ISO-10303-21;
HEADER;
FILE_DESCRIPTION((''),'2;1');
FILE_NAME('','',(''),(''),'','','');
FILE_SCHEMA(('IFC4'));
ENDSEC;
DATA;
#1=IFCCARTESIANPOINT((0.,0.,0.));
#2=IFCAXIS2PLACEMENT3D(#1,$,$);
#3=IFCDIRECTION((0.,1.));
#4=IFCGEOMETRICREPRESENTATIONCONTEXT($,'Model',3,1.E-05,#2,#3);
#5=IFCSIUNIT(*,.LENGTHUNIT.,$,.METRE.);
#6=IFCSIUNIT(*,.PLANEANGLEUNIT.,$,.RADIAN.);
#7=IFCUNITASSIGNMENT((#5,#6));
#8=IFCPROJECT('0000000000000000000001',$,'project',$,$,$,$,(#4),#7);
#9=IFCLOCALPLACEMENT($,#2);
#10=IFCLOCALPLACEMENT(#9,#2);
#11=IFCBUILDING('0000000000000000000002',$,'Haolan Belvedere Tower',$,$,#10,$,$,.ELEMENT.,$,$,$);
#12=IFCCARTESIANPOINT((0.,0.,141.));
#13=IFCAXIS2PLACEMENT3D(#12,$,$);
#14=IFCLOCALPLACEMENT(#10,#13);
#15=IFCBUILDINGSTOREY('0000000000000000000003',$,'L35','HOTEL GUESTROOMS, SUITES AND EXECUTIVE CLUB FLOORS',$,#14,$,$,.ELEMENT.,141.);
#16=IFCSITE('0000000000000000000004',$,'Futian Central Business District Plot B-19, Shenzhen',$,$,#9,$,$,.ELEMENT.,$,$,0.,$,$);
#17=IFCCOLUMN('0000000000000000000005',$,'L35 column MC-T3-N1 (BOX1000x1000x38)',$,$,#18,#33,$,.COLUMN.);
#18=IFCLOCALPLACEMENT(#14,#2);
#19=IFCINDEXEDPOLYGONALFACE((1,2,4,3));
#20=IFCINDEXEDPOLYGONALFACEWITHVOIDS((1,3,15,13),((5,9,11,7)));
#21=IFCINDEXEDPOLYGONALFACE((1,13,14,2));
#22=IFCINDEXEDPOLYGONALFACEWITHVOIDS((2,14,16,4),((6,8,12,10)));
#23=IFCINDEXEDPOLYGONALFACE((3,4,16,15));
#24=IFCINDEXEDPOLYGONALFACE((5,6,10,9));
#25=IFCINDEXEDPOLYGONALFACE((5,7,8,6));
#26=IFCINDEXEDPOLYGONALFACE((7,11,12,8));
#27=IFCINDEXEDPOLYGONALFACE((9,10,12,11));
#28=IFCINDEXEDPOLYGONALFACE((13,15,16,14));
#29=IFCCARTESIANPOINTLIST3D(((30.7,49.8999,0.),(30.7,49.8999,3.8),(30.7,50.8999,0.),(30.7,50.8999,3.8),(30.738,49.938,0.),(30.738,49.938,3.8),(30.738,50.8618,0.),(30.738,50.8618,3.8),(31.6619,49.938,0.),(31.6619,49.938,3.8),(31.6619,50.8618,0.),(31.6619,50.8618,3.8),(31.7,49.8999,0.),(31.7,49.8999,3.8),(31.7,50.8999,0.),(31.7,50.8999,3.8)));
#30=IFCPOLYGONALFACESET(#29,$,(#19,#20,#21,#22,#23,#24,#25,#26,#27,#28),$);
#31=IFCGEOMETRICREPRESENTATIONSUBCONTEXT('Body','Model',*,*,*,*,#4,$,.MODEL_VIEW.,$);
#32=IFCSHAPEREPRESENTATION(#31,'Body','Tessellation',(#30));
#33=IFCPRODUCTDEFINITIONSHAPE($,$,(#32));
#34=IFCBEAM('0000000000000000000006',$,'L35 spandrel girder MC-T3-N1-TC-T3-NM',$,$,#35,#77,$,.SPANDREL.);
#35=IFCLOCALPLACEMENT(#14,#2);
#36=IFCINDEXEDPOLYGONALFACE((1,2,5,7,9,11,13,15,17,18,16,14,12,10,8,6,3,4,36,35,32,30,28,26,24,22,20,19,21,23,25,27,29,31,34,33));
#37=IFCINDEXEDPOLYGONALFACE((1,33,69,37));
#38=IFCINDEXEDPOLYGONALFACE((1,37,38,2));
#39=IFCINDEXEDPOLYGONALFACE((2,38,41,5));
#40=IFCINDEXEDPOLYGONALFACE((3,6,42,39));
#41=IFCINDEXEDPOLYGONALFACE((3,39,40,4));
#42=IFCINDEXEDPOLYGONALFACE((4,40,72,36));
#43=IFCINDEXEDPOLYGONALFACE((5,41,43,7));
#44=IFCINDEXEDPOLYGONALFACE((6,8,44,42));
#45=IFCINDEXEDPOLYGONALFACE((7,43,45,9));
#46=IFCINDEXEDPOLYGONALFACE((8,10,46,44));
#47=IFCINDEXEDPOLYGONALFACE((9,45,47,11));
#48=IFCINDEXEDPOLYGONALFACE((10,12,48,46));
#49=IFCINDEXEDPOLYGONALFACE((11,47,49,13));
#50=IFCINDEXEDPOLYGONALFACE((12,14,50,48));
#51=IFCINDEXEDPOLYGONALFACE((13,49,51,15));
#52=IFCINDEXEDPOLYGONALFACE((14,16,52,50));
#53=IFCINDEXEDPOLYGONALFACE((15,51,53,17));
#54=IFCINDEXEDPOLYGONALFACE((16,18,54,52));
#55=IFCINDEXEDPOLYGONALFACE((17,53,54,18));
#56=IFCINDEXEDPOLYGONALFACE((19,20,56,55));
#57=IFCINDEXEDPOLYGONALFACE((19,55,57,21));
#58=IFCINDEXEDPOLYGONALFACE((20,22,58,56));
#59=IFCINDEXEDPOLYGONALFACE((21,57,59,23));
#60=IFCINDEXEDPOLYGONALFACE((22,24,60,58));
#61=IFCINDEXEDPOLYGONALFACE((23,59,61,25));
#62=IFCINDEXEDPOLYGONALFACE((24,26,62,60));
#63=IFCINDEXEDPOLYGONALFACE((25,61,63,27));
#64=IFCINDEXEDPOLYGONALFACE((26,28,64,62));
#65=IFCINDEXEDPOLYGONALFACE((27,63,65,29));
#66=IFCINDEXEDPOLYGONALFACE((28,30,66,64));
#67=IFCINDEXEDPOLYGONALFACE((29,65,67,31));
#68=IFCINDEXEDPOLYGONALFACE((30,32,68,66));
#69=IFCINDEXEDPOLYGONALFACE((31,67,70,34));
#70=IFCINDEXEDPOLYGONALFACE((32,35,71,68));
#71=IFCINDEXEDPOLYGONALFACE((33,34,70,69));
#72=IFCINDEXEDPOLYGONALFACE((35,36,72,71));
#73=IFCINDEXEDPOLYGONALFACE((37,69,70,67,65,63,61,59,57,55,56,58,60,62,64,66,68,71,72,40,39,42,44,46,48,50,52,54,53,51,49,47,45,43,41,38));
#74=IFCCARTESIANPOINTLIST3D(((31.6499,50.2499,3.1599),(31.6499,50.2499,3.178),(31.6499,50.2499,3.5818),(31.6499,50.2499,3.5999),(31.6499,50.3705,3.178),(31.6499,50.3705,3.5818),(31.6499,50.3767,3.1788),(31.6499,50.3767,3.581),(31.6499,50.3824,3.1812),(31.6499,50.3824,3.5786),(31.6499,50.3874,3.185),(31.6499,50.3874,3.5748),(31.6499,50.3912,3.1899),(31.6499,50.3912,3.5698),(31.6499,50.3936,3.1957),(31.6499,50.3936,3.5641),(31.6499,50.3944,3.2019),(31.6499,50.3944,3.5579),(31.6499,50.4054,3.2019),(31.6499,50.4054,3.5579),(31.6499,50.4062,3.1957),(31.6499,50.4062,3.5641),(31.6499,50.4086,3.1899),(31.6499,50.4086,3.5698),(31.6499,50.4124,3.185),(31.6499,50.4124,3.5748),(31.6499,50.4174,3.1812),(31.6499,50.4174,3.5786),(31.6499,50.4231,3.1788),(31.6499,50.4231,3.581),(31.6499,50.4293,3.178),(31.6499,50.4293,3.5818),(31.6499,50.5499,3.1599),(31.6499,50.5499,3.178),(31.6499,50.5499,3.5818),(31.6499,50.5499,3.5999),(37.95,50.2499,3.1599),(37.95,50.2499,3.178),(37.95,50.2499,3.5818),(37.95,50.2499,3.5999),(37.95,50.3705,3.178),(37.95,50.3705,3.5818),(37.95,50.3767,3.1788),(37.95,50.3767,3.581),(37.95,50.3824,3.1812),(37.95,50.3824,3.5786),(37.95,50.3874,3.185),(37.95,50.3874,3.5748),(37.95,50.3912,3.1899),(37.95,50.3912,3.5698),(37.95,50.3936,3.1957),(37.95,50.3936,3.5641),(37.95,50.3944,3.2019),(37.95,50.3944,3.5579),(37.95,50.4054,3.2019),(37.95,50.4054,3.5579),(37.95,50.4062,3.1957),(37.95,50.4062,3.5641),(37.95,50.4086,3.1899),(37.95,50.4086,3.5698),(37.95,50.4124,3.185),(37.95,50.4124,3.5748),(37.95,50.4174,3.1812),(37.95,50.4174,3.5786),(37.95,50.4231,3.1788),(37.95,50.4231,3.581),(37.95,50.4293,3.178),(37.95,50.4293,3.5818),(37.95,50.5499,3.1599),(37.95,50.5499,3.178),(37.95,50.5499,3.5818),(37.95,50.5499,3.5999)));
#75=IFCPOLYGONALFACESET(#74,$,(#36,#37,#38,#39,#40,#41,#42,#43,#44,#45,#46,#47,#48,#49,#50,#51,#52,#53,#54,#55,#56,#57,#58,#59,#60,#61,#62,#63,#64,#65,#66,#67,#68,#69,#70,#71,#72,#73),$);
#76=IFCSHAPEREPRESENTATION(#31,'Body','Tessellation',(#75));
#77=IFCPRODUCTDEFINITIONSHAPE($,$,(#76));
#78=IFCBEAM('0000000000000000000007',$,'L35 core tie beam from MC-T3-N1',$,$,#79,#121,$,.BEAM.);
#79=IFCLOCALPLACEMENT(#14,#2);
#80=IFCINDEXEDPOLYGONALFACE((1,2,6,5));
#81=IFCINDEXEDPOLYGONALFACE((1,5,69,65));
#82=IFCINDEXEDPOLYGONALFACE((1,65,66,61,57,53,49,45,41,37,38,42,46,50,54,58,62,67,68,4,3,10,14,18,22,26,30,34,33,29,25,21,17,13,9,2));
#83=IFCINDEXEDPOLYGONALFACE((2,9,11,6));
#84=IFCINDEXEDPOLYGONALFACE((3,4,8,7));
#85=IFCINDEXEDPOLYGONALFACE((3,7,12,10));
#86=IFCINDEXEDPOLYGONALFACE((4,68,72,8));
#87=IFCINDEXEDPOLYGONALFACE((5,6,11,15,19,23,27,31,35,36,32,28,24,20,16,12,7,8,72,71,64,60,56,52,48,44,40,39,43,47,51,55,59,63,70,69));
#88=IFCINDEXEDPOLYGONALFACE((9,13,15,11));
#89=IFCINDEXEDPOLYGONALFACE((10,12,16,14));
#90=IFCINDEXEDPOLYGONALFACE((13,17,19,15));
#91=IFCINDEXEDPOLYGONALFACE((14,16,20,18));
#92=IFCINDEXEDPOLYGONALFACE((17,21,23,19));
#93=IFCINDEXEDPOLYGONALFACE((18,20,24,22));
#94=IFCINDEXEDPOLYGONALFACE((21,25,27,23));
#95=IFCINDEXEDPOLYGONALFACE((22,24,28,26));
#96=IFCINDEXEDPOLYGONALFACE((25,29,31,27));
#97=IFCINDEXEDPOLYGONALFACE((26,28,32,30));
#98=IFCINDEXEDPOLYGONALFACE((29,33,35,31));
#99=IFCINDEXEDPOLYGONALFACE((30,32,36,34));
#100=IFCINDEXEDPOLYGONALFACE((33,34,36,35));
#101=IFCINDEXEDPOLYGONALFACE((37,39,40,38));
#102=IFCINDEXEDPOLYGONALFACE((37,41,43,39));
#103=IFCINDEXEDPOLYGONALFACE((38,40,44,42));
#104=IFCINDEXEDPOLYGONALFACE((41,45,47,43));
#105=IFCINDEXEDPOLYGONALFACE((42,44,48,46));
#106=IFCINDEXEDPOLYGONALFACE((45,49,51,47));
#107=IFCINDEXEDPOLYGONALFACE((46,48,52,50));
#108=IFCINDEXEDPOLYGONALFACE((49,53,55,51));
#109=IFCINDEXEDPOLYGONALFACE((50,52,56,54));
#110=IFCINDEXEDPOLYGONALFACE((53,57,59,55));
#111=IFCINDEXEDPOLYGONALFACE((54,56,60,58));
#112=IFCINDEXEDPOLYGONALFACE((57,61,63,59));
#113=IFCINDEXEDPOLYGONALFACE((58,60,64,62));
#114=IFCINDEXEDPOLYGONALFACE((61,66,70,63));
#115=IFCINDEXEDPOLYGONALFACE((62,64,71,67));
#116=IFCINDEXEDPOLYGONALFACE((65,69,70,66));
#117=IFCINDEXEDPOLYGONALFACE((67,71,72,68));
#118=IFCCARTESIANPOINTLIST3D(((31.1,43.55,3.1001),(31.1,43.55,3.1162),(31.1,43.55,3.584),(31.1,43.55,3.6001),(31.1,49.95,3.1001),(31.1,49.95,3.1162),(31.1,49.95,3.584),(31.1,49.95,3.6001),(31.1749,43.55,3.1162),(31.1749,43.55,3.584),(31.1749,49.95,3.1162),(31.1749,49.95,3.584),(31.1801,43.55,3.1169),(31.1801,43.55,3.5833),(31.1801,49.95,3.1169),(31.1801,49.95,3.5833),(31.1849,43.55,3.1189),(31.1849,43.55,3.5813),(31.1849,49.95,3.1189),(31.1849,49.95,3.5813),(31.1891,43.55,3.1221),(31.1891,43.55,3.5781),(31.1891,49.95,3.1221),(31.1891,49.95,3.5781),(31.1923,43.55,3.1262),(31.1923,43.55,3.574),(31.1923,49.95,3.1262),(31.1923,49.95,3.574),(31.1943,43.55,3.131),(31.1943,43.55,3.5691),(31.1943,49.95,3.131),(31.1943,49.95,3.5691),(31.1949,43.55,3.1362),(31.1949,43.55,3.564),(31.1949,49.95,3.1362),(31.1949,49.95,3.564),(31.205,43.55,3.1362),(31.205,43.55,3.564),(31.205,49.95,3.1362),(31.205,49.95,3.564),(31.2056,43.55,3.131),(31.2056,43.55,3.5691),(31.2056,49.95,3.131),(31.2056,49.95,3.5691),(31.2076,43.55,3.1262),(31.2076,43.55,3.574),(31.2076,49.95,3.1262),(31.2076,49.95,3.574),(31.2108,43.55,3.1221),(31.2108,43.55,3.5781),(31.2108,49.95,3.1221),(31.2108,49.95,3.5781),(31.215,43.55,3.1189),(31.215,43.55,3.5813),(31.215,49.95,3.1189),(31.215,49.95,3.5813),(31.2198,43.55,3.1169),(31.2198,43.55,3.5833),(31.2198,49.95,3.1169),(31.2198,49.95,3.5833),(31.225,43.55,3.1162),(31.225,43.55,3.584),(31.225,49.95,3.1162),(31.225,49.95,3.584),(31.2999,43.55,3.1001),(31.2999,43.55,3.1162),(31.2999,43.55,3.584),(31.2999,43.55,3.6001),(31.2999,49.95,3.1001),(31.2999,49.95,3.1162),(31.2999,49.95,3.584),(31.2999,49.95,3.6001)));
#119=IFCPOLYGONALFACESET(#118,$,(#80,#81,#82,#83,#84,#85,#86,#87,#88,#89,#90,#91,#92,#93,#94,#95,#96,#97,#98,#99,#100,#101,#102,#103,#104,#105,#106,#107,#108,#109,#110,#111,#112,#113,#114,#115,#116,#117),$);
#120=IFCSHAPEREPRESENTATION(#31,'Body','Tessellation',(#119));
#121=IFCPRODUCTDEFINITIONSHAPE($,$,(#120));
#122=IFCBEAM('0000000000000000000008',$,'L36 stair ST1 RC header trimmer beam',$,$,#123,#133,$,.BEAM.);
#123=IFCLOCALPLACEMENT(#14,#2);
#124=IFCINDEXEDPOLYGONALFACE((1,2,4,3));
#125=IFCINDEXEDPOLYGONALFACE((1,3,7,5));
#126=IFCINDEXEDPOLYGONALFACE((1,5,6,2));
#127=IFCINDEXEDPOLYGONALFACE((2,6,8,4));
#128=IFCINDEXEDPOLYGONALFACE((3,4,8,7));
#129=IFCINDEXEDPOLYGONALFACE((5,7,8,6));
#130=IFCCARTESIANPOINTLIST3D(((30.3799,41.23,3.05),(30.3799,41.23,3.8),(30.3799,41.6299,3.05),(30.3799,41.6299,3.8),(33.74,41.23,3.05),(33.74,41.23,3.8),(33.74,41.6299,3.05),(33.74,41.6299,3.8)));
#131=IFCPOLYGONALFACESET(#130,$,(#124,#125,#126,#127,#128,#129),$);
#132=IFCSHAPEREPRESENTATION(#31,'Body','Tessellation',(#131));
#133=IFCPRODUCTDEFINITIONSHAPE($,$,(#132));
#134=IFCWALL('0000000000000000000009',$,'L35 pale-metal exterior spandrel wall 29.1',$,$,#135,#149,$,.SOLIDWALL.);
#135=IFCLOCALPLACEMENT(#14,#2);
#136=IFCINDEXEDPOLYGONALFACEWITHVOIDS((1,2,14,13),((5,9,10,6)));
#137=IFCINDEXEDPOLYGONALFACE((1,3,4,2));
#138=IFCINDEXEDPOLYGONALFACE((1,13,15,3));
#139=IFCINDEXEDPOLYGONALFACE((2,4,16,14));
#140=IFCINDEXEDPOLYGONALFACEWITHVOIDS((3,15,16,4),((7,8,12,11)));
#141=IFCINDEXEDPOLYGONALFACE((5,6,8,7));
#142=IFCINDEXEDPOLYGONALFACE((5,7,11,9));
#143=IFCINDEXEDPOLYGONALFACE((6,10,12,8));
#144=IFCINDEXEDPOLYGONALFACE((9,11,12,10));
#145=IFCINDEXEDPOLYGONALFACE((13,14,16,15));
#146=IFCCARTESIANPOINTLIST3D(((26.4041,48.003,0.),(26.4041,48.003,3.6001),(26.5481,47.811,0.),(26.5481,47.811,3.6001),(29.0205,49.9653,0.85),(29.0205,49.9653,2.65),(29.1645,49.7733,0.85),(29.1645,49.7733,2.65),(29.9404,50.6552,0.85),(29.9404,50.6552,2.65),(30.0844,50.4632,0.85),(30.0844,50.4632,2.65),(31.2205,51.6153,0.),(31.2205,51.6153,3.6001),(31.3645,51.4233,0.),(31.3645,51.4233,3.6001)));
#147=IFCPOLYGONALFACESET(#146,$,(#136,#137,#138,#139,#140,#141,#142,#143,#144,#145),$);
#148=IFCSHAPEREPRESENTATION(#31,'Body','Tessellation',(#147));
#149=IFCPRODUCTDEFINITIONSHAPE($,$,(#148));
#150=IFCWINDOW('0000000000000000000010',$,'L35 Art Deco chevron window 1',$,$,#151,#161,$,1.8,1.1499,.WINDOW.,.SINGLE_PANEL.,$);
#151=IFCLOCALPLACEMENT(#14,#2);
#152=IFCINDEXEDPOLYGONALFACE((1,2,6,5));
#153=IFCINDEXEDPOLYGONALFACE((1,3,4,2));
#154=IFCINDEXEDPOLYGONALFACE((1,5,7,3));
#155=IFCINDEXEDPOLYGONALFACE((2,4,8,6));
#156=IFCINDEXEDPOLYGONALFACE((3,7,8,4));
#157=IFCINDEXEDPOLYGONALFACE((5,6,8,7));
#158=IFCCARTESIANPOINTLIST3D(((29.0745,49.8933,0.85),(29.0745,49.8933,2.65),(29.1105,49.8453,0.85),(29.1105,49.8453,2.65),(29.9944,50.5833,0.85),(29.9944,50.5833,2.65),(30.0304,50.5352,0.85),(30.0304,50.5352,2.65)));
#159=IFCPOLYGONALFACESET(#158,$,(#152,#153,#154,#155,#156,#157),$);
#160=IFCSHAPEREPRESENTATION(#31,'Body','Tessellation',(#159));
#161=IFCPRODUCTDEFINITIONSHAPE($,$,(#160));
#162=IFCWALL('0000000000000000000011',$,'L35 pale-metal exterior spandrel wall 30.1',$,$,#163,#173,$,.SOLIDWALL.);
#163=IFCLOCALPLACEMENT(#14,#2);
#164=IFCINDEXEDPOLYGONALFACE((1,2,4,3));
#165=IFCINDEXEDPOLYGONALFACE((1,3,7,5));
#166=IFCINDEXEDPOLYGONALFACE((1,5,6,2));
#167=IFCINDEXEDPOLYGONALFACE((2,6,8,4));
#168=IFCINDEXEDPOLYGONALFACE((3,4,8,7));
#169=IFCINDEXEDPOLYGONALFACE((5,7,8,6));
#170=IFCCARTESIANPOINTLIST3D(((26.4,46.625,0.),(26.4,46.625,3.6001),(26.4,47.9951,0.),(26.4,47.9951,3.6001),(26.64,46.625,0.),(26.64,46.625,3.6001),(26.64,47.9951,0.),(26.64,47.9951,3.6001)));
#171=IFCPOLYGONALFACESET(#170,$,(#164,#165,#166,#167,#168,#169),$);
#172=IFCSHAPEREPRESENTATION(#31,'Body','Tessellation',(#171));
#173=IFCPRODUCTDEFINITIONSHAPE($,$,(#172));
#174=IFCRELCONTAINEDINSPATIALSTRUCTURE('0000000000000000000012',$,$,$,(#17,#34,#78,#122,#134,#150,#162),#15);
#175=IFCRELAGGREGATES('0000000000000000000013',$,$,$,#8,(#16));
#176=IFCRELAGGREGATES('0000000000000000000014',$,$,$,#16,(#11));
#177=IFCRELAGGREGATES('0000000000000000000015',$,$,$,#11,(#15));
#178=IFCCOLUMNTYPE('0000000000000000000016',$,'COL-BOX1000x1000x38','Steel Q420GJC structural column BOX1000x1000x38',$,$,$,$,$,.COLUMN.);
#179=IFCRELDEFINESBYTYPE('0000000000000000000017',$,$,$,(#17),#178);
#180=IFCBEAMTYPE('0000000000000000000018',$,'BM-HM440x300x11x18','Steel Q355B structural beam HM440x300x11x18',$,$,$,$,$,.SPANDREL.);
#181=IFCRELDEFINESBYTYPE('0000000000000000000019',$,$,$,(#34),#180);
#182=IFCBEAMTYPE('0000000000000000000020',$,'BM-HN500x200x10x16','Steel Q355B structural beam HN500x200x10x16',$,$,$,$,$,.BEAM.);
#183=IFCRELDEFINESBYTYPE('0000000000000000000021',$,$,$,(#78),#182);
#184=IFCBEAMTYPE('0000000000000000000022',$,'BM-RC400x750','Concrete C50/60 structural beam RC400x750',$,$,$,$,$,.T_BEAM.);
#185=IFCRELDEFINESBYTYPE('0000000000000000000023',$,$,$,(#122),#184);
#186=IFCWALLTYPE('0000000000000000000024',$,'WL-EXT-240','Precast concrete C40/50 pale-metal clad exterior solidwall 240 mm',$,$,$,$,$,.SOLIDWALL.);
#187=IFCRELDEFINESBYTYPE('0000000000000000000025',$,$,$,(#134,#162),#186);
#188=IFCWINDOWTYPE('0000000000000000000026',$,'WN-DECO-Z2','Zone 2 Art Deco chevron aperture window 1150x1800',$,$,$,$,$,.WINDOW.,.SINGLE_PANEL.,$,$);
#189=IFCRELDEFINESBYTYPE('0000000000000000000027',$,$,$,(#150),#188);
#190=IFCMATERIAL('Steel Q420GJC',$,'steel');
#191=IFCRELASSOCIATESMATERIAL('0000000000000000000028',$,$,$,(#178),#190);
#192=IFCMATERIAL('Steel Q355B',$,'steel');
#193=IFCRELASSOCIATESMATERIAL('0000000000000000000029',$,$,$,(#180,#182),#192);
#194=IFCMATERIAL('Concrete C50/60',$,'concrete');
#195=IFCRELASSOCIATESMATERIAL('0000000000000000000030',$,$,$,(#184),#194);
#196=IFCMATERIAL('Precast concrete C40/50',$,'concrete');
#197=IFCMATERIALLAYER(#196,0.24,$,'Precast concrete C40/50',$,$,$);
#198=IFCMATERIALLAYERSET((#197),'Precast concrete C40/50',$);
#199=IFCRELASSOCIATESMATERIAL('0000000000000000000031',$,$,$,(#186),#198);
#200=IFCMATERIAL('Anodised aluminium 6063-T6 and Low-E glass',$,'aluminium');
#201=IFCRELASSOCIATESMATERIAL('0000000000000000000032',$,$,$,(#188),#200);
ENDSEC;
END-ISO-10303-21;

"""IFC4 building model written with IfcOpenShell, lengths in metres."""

from ifc_helpers import new_model, si_unit, direction, frame, frame_2d, origin, origin_2d, place, context, subcontext, project, spatial, rectangle, hollow_rectangle, i_section, extrude, material, layer, layer_set, material_profile, profile_set, type_object, element, fill, save


model = new_model("IFC4")

# Units and contexts
model_context = context("Model", 3, precision=1e-05, world=origin(), true_north=direction((0.0, 1.0)))
body_context = subcontext(model_context, "Body", "Model", "MODEL_VIEW")
ifc_project = project(units=[si_unit("LENGTHUNIT", "METRE"), si_unit("PLANEANGLEUNIT", "RADIAN")], contexts=[model_context])

# Site, building, storey
site_placement = place(None, origin())
site = spatial("IfcSite", under=ifc_project, at=site_placement, Name="Futian Central Business District Plot B-19, Shenzhen", CompositionType="ELEMENT", RefElevation=0.0)
building_placement = place(site_placement, origin())
building = spatial("IfcBuilding", under=site, at=building_placement, Name="Haolan Belvedere Tower", CompositionType="ELEMENT")
storey_placement = place(building_placement, frame((0.0, 0.0, 141.0)))
storey = spatial("IfcBuildingStorey", under=building, at=storey_placement, Name="L35", Description="HOTEL GUESTROOMS, SUITES AND EXECUTIVE CLUB FLOORS", CompositionType="ELEMENT", Elevation=141.0)

# Column
ifc_material_1 = material(Name="Steel Q420GJC", Category="steel")
ifc_material_profile_1 = material_profile(ifc_material_1, hollow_rectangle(XDim=1.0, YDim=1.0, WallThickness=0.0381, at=origin_2d()), Name="Steel Q420GJC")
ifc_profile_set_1 = profile_set([ifc_material_profile_1], Name="Steel Q420GJC")
column_type = type_object("IfcColumnType", Name="COL-BOX1000x1000x38", Description="Steel Q420GJC structural column BOX1000x1000x38", PredefinedType="COLUMN", material=ifc_profile_set_1)
column_placement = place(storey_placement, frame((31.2, 50.3999, 0.0), z_axis=(0.0, 0.0, 1.0), x_axis=(1.0, 0.0, 0.0)))
element("IfcColumn", 1, at=column_placement, inside=storey, type_object=column_type, Name="L35 column MC-T3-N1 (BOX1000x1000x38)", PredefinedType="COLUMN", context=body_context, shape_type="SweptSolid", body=[
    extrude(hollow_rectangle(XDim=1.0, YDim=1.0, WallThickness=0.0381, at=origin_2d()), origin(), (0.0, 0.0, 1.0), 3.8),
])

# Beams
ifc_material_2 = material(Name="Steel Q355B", Category="steel")
ifc_material_profile_2 = material_profile(ifc_material_2, i_section(OverallWidth=0.3, OverallDepth=0.4399, WebThickness=0.011, FlangeThickness=0.0181, FilletRadius=0.0239, at=origin_2d()), Name="Steel Q355B")
ifc_profile_set_2 = profile_set([ifc_material_profile_2], Name="Steel Q355B")
beam_type_1 = type_object("IfcBeamType", Name="BM-HM440x300x11x18", Description="Steel Q355B structural beam HM440x300x11x18", PredefinedType="SPANDREL", material=ifc_profile_set_2)
beam_1_placement = place(storey_placement, frame((31.6499, 50.3999, 3.3799), z_axis=(1.0, 0.0, 0.0), x_axis=(0.0, 1.0, 0.0)))
element("IfcBeam", 2, at=beam_1_placement, inside=storey, type_object=beam_type_1, Name="L35 spandrel girder MC-T3-N1-TC-T3-NM", PredefinedType="SPANDREL", context=body_context, shape_type="SweptSolid", body=[
    extrude(i_section(OverallWidth=0.3, OverallDepth=0.4399, WebThickness=0.011, FlangeThickness=0.0181, FilletRadius=0.0239, at=origin_2d()), origin(), (0.0, 0.0, 1.0), 6.3),
])
ifc_material_profile_3 = material_profile(ifc_material_2, i_section(OverallWidth=0.2, OverallDepth=0.5, WebThickness=0.01, FlangeThickness=0.0161, FilletRadius=0.02, at=origin_2d()), Name="Steel Q355B")
ifc_profile_set_3 = profile_set([ifc_material_profile_3], Name="Steel Q355B")
beam_type_2 = type_object("IfcBeamType", Name="BM-HN500x200x10x16", Description="Steel Q355B structural beam HN500x200x10x16", PredefinedType="BEAM", material=ifc_profile_set_3)
beam_2_placement = place(storey_placement, frame((31.2, 49.95, 3.3501), z_axis=(0.0, -1.0, 0.0), x_axis=(1.0, 0.0, 0.0)))
element("IfcBeam", 3, at=beam_2_placement, inside=storey, type_object=beam_type_2, Name="L35 core tie beam from MC-T3-N1", PredefinedType="BEAM", context=body_context, shape_type="SweptSolid", body=[
    extrude(i_section(OverallWidth=0.2, OverallDepth=0.5, WebThickness=0.01, FlangeThickness=0.0161, FilletRadius=0.02, at=origin_2d()), origin(), (0.0, 0.0, 1.0), 6.3999),
])
ifc_material_3 = material(Name="Concrete C50/60", Category="concrete")
ifc_material_profile_4 = material_profile(ifc_material_3, rectangle(XDim=0.3999, YDim=0.75, at=origin_2d()), Name="Concrete C50/60")
ifc_profile_set_4 = profile_set([ifc_material_profile_4], Name="Concrete C50/60")
beam_type_3 = type_object("IfcBeamType", Name="BM-RC400x750", Description="Concrete C50/60 structural beam RC400x750", PredefinedType="T_BEAM", material=ifc_profile_set_4)
beam_3_placement = place(storey_placement, frame((30.3799, 41.4299, 3.425), z_axis=(1.0, 0.0, 0.0), x_axis=(0.0, 1.0, 0.0)))
element("IfcBeam", 4, at=beam_3_placement, inside=storey, type_object=beam_type_3, Name="L36 stair ST1 RC header trimmer beam", PredefinedType="BEAM", context=body_context, shape_type="SweptSolid", body=[
    extrude(rectangle(XDim=0.3999, YDim=0.75, at=origin_2d()), origin(), (0.0, 0.0, 1.0), 3.3601),
])

# Wall, opening, window
ifc_material_4 = material(Name="Precast concrete C40/50", Category="concrete")
ifc_layer_1 = layer(ifc_material_4, 0.24, Name="Precast concrete C40/50")
ifc_layer_set_1 = layer_set([ifc_layer_1], Name="Precast concrete C40/50")
wall_type_1 = type_object("IfcWallType", Name="WL-EXT-240", Description="Precast concrete C40/50 pale-metal clad exterior solidwall 240 mm", PredefinedType="SOLIDWALL", material=ifc_layer_set_1)
wall_1_placement = place(storey_placement, frame((31.2925, 51.5193, 0.0), z_axis=(0.0, 0.0, 1.0), x_axis=(-0.8, -0.6, 0.0)))
wall_1 = element("IfcWall", 5, at=wall_1_placement, inside=storey, type_object=wall_type_1, Name="L35 pale-metal exterior spandrel wall 29.1", PredefinedType="SOLIDWALL", context=body_context, shape_type="SweptSolid", body=[
    extrude(rectangle(XDim=6.0205, YDim=0.24, at=frame_2d((3.0103, 0.0))), origin(), (0.0, 0.0, 1.0), 3.6001),
])
opening_1_placement = place(wall_1_placement, frame((1.6001, 0.0, 0.8501)))
opening_1 = element("IfcOpeningElement", 6, at=opening_1_placement, cuts=wall_1, PredefinedType="OPENING", context=body_context, shape_type="SweptSolid", body=[
    extrude(rectangle(XDim=1.1499, YDim=1.8, at=frame_2d((0.575, 0.8999))), frame((0.0, 0.1299, 0.0), z_axis=(0.0, -1.0, 0.0), x_axis=(1.0, 0.0, 0.0)), (0.0, 0.0, 1.0), 0.26),
])
ifc_material_5 = material(Name="Anodised aluminium 6063-T6 and Low-E glass", Category="aluminium")
window_type = type_object("IfcWindowType", Name="WN-DECO-Z2", Description="Zone 2 Art Deco chevron aperture window 1150x1800", PartitioningType="SINGLE_PANEL", PredefinedType="WINDOW", material=ifc_material_5)
window_placement = place(opening_1_placement, origin())
window = element("IfcWindow", 7, at=window_placement, inside=storey, type_object=window_type, Name="L35 Art Deco chevron window 1", OverallHeight=1.8, OverallWidth=1.1499, PartitioningType="SINGLE_PANEL", PredefinedType="WINDOW", context=body_context, shape_type="SweptSolid", body=[
    extrude(rectangle(XDim=1.1499, YDim=1.8, at=frame_2d((0.575, 0.8999))), frame((0.0, 0.03, 0.0), z_axis=(0.0, -1.0, 0.0), x_axis=(1.0, 0.0, 0.0)), (0.0, 0.0, 1.0), 0.0601),
])
fill(opening_1, window)

# Wall
wall_2_placement = place(storey_placement, frame((26.52, 47.9951, 0.0), z_axis=(0.0, 0.0, 1.0), x_axis=(0.0, -1.0, 0.0)))
element("IfcWall", 8, at=wall_2_placement, inside=storey, type_object=wall_type_1, Name="L35 pale-metal exterior spandrel wall 30.1", PredefinedType="SOLIDWALL", context=body_context, shape_type="SweptSolid", body=[
    extrude(rectangle(XDim=1.3701, YDim=0.24, at=frame_2d((0.6851, 0.0))), origin(), (0.0, 0.0, 1.0), 3.6001),
])

save(model, "model.ifc")
